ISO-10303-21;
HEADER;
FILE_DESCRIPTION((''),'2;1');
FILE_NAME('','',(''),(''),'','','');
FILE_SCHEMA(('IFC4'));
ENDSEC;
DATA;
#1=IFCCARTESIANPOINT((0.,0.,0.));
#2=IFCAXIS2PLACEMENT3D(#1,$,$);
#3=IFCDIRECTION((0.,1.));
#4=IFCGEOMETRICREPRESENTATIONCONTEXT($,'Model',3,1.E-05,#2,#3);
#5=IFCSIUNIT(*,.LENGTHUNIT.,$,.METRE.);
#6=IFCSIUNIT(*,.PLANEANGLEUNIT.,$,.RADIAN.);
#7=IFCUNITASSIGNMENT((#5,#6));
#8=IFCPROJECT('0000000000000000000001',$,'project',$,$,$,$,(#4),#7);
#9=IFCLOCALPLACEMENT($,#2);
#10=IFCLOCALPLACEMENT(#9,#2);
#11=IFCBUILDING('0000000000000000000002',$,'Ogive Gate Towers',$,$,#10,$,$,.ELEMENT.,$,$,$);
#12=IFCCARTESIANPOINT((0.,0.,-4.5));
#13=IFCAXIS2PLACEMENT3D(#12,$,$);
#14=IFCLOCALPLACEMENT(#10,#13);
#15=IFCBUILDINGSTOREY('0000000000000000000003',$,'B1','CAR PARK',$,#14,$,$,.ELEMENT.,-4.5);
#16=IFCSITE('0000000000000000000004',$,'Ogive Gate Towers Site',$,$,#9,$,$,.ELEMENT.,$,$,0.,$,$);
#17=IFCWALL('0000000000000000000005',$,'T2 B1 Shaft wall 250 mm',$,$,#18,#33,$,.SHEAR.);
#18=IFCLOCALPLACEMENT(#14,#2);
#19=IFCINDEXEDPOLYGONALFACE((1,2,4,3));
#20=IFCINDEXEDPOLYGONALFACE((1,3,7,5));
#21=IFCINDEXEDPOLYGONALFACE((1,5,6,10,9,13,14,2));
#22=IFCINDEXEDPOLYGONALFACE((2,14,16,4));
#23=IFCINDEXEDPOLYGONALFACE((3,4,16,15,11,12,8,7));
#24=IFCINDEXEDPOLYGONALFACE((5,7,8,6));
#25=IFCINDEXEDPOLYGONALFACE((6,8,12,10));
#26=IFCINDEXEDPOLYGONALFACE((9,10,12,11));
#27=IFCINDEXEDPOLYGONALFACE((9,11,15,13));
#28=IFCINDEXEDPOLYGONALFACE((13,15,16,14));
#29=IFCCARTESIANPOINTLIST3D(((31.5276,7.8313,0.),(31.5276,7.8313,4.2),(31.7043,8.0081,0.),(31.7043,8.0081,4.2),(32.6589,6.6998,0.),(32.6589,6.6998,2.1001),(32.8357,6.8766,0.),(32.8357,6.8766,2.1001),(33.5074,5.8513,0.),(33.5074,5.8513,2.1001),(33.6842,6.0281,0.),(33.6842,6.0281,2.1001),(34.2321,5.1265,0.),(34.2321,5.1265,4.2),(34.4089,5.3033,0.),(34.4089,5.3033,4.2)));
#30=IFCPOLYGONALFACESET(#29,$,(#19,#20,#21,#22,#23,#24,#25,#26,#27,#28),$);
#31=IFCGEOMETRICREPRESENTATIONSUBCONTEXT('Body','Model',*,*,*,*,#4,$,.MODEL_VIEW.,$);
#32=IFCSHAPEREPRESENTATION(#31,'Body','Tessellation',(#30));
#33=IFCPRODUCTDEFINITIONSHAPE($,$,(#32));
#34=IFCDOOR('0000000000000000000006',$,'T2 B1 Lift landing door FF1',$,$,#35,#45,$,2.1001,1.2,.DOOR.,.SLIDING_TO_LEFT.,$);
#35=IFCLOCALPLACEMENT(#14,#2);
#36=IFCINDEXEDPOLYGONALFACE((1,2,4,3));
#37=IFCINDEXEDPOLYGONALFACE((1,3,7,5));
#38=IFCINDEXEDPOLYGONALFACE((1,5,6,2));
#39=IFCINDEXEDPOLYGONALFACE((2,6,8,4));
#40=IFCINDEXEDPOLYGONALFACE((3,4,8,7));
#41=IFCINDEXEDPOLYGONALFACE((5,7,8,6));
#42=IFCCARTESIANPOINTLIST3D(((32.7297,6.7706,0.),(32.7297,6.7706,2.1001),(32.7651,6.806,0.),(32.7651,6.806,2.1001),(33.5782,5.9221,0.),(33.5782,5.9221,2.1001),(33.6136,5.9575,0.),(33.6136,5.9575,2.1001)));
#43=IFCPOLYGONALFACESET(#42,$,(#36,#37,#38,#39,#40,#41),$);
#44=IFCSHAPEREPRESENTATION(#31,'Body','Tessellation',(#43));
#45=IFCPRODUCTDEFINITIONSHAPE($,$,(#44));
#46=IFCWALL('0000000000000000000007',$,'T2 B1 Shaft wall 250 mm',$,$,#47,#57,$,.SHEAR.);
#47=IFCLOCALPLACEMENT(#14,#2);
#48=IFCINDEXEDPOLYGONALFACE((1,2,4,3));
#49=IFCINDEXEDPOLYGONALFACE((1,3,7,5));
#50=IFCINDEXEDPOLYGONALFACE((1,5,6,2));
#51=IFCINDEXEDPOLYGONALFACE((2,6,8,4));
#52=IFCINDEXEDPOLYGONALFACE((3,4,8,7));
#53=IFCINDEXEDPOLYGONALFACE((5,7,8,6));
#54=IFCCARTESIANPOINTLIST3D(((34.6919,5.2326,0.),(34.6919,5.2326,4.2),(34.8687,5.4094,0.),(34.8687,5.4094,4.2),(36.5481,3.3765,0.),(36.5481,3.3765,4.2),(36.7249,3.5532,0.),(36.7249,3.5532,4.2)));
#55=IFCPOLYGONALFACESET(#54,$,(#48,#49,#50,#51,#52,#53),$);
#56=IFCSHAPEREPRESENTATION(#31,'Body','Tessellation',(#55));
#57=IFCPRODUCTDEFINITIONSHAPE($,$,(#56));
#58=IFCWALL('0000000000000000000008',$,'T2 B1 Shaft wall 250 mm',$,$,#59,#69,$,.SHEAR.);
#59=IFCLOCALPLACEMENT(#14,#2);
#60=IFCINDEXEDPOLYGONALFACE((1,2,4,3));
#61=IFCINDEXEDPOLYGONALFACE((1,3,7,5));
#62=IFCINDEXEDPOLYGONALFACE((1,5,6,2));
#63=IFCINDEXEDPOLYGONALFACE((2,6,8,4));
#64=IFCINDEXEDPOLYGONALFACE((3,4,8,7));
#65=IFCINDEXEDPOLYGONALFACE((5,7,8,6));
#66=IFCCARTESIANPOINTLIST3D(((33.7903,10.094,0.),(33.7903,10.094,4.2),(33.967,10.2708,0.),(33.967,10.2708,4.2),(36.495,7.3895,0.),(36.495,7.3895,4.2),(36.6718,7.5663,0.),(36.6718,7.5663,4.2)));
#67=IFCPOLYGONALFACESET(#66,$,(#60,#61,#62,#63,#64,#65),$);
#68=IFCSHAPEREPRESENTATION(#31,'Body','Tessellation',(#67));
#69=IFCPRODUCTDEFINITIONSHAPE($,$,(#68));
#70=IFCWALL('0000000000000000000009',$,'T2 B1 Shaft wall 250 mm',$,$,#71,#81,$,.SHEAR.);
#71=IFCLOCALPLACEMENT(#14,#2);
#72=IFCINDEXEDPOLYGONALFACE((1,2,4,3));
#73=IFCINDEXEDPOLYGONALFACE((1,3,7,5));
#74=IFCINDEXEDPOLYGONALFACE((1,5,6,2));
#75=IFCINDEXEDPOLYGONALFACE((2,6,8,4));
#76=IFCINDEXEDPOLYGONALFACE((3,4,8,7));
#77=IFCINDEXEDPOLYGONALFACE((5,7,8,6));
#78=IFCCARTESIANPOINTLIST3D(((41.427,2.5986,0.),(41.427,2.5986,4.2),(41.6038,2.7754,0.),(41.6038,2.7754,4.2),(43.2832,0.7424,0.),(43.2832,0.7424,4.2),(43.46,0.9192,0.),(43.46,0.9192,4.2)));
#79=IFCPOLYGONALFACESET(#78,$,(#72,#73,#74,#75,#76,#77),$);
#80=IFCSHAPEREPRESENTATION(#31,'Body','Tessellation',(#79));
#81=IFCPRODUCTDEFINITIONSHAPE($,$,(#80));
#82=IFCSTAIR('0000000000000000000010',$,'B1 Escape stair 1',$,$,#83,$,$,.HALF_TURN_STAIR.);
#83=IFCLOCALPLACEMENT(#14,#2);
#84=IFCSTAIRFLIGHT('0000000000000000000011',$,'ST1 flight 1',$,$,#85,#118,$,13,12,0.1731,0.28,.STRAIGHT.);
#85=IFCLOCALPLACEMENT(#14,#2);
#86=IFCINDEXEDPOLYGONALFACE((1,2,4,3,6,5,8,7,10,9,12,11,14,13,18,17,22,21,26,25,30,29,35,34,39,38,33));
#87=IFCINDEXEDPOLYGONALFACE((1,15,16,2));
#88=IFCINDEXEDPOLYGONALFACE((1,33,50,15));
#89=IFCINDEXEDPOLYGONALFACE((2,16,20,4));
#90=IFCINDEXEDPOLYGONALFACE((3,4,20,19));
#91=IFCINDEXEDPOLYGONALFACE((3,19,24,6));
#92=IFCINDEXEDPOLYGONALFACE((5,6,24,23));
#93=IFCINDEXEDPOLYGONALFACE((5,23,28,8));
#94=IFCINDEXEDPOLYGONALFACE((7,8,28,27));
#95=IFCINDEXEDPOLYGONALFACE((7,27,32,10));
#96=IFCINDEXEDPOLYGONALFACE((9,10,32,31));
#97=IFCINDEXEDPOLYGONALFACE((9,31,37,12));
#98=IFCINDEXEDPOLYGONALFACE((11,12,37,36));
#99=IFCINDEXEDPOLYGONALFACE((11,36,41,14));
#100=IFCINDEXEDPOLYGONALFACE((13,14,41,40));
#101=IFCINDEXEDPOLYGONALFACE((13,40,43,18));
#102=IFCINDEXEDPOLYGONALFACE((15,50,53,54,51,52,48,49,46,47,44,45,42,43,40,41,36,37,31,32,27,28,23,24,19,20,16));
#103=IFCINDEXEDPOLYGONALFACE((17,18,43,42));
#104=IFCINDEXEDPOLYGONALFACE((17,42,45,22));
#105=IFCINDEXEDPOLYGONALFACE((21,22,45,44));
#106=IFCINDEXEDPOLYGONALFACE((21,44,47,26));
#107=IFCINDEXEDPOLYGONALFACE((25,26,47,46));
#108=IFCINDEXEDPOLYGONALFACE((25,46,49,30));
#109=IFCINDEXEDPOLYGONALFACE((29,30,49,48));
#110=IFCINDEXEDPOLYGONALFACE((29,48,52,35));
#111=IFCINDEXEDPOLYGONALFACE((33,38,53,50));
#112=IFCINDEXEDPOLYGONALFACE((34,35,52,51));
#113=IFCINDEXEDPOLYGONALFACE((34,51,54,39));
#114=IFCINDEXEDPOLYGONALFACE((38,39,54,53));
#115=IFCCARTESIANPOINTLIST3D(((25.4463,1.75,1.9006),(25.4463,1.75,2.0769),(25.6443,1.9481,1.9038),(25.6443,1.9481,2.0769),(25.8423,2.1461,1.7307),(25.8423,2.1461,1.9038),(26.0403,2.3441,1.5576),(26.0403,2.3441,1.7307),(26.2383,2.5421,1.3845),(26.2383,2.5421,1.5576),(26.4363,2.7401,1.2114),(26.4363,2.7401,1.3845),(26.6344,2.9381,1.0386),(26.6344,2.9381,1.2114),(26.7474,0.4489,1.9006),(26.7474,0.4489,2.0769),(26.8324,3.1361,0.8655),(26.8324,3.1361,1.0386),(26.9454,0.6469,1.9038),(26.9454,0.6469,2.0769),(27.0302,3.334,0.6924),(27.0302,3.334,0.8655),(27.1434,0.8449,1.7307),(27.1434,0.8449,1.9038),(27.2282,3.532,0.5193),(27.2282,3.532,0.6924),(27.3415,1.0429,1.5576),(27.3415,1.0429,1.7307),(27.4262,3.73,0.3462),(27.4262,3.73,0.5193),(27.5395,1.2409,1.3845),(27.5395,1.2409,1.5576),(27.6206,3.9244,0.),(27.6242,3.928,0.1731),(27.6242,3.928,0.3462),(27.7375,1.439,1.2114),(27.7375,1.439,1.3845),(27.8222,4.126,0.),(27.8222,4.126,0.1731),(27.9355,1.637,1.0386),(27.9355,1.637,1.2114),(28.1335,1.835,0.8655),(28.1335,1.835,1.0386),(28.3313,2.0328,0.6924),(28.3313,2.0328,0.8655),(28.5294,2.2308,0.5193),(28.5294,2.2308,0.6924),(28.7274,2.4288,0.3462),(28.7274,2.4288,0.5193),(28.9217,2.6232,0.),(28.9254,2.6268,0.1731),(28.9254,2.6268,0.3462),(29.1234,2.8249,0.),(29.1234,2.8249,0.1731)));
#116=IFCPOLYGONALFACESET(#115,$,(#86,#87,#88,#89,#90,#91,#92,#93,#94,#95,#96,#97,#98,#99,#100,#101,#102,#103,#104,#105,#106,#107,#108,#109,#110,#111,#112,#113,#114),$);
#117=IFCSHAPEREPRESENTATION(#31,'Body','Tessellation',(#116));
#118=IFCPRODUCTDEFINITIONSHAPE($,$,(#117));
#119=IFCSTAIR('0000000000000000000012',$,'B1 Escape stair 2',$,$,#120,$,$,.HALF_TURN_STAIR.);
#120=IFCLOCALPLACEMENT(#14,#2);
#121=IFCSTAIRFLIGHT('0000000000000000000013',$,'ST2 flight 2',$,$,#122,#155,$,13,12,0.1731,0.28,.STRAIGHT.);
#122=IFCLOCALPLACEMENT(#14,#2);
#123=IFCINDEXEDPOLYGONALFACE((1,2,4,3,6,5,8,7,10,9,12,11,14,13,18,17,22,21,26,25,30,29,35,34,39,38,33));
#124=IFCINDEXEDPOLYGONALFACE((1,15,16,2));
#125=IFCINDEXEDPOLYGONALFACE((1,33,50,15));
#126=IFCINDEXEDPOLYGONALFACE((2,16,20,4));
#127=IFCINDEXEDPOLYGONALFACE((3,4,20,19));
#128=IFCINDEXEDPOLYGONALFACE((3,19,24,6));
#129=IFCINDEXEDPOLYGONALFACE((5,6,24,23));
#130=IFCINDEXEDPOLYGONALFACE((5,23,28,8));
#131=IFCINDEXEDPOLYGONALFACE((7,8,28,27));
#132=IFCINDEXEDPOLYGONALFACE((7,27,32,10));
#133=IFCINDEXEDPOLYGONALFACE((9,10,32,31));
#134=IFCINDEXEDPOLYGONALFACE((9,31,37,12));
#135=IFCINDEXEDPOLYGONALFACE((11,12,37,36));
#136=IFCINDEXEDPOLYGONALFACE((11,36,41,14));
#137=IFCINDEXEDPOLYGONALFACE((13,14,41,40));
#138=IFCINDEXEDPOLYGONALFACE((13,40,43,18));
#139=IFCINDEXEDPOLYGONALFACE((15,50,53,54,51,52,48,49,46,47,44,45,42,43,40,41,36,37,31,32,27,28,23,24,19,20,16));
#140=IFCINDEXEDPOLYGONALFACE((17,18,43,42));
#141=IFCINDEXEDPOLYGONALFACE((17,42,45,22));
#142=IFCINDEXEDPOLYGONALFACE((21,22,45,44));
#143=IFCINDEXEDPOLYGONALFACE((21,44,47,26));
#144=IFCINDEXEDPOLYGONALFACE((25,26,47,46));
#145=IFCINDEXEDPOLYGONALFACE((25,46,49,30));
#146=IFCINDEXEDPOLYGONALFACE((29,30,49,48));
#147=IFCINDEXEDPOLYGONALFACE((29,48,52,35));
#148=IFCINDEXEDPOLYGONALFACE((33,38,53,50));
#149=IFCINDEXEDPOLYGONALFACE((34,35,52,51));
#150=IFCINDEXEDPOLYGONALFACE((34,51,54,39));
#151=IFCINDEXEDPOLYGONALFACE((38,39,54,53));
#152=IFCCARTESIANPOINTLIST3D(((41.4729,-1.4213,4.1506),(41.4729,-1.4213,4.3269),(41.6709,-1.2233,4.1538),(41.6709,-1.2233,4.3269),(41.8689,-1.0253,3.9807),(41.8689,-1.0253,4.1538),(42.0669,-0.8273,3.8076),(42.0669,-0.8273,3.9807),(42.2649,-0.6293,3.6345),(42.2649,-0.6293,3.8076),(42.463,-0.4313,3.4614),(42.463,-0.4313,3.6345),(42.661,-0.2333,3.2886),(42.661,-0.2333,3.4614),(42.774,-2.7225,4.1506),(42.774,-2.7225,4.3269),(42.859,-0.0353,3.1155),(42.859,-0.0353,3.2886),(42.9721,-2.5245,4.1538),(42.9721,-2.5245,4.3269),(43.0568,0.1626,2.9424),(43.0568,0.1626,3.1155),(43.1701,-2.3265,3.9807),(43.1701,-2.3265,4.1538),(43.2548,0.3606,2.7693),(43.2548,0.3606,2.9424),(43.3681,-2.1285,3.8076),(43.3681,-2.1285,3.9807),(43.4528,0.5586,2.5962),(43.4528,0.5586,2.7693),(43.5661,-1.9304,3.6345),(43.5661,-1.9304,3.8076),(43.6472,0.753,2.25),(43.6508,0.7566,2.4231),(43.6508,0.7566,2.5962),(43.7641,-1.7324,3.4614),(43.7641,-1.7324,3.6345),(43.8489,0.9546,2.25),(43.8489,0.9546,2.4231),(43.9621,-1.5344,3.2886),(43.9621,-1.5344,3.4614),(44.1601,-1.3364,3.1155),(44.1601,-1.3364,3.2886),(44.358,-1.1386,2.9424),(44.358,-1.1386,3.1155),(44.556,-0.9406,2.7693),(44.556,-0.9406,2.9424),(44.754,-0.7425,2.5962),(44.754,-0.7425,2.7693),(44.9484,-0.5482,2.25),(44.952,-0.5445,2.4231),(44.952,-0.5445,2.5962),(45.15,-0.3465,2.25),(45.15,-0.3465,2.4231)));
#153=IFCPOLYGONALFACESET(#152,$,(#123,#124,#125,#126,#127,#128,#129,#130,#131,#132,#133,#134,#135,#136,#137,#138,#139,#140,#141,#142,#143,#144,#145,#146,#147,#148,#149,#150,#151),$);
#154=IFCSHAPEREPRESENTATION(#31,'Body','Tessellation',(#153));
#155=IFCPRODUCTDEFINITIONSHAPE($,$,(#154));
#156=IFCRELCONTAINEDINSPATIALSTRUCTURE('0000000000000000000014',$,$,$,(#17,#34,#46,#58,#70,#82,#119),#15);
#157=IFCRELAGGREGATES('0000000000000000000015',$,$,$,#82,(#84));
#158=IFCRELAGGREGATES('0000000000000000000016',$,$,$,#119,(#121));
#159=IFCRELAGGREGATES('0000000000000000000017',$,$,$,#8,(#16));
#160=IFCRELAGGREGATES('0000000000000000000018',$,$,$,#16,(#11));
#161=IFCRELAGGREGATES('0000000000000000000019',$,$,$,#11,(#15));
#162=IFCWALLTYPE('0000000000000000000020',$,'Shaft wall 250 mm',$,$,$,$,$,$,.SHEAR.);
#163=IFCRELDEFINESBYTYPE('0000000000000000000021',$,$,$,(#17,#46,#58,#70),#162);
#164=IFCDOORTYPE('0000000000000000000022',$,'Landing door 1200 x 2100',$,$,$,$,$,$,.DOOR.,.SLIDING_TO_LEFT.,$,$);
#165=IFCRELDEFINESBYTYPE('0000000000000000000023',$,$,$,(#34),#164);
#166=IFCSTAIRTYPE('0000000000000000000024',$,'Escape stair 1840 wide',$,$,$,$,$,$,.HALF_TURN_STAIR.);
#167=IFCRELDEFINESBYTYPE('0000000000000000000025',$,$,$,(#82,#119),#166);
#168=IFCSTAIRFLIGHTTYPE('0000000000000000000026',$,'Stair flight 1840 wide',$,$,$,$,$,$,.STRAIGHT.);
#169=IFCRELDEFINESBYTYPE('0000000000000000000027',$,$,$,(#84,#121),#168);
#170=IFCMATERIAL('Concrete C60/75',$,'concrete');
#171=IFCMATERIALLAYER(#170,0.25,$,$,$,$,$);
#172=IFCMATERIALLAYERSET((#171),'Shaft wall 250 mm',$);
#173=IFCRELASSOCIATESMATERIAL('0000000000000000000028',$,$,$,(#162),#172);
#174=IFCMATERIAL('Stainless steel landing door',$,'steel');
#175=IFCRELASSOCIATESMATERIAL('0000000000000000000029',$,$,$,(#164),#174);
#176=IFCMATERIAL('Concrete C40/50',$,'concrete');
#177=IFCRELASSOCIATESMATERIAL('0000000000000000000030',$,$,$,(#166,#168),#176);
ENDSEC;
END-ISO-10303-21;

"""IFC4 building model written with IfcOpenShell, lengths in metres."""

from ifc_helpers import new_model, si_unit, direction, frame, frame_2d, origin, place, context, subcontext, project, spatial, polyline, rectangle, outline, extrude, material, layer, layer_set, type_object, element, fill, aggregate, save


model = new_model("IFC4")

# Units and contexts
model_context = context("Model", 3, precision=1e-05, world=origin(), true_north=direction((0.0, 1.0)))
body_context = subcontext(model_context, "Body", "Model", "MODEL_VIEW")
ifc_project = project(units=[si_unit("LENGTHUNIT", "METRE"), si_unit("PLANEANGLEUNIT", "RADIAN")], contexts=[model_context])

# Site, building, storey
site_placement = place(None, origin())
site = spatial("IfcSite", under=ifc_project, at=site_placement, Name="Ogive Gate Towers Site", CompositionType="ELEMENT", RefElevation=0.0)
building_placement = place(site_placement, origin())
building = spatial("IfcBuilding", under=site, at=building_placement, Name="Ogive Gate Towers", CompositionType="ELEMENT")
storey_placement = place(building_placement, frame((0.0, 0.0, -4.5)))
storey = spatial("IfcBuildingStorey", under=building, at=storey_placement, Name="B1", Description="CAR PARK", CompositionType="ELEMENT", Elevation=-4.5)

# Shared definitions
ifc_material_1 = material(Name="Concrete C40/50", Category="concrete")

# Shared definitions
ifc_material_2 = material(Name="Concrete C60/75", Category="concrete")

# Wall, opening, door
ifc_layer_1 = layer(ifc_material_2, 0.25)
ifc_layer_set_1 = layer_set([ifc_layer_1], Name="Shaft wall 250 mm")
wall_type_1 = type_object("IfcWallType", Name="Shaft wall 250 mm", PredefinedType="SHEAR", material=ifc_layer_set_1)
wall_1_placement = place(storey_placement, frame((34.3206, 5.2148, 0.0), z_axis=(0.0, 0.0, 1.0), x_axis=(-0.707075, 0.707139, 0.0)))
wall_1 = element("IfcWall", 1, at=wall_1_placement, inside=storey, type_object=wall_type_1, Name="T2 B1 Shaft wall 250 mm", PredefinedType="SHEAR", context=body_context, shape_type="SweptSolid", body=[
    extrude(rectangle(XDim=3.825, YDim=0.25, at=frame_2d((1.9126, 0.0))), origin(), (0.0, 0.0, 1.0), 4.2),
])
opening_1_placement = place(wall_1_placement, frame((1.0249, 0.0, 0.0)))
opening_1 = element("IfcOpeningElement", 2, at=opening_1_placement, cuts=wall_1, PredefinedType="OPENING", context=body_context, shape_type="SweptSolid", body=[
    extrude(rectangle(XDim=1.2, YDim=2.1001, at=frame_2d((0.6001, 1.05))), frame((0.0, 0.135, 0.0), z_axis=(0.0, -1.0, 0.0), x_axis=(1.0, 0.0, 0.0)), (0.0, 0.0, 1.0), 0.27),
])
ifc_material_3 = material(Name="Stainless steel landing door", Category="steel")
door_type_1 = type_object("IfcDoorType", Name="Landing door 1200 x 2100", OperationType="SLIDING_TO_LEFT", PredefinedType="DOOR", material=ifc_material_3)
door_1_placement = place(opening_1_placement, origin())
door_1 = element("IfcDoor", 3, at=door_1_placement, inside=storey, type_object=door_type_1, Name="T2 B1 Lift landing door FF1", OperationType="SLIDING_TO_LEFT", OverallHeight=2.1001, OverallWidth=1.2, PredefinedType="DOOR", context=body_context, shape_type="SweptSolid", body=[
    extrude(rectangle(XDim=1.2, YDim=2.1001, at=frame_2d((0.6001, 1.05))), frame((0.0, 0.0249, 0.0), z_axis=(0.0, -1.0, 0.0), x_axis=(1.0, 0.0, 0.0)), (0.0, 0.0, 1.0), 0.05),
])
fill(opening_1, door_1)

# Walls
wall_2_placement = place(storey_placement, frame((36.6365, 3.4648, 0.0), z_axis=(0.0, 0.0, 1.0), x_axis=(-0.707107, 0.707107, 0.0)))
element("IfcWall", 4, at=wall_2_placement, inside=storey, type_object=wall_type_1, Name="T2 B1 Shaft wall 250 mm", PredefinedType="SHEAR", context=body_context, shape_type="SweptSolid", body=[
    extrude(rectangle(XDim=2.625, YDim=0.25, at=frame_2d((1.3125, 0.0))), origin(), (0.0, 0.0, 1.0), 4.2),
])
wall_3_placement = place(storey_placement, frame((36.5835, 7.4778, 0.0), z_axis=(0.0, 0.0, 1.0), x_axis=(-0.707139, 0.707075, 0.0)))
element("IfcWall", 5, at=wall_3_placement, inside=storey, type_object=wall_type_1, Name="T2 B1 Shaft wall 250 mm", PredefinedType="SHEAR", context=body_context, shape_type="SweptSolid", body=[
    extrude(rectangle(XDim=3.825, YDim=0.25, at=frame_2d((1.9126, 0.0))), origin(), (0.0, 0.0, 1.0), 4.2),
])
wall_4_placement = place(storey_placement, frame((43.3716, 0.8308, 0.0), z_axis=(0.0, 0.0, 1.0), x_axis=(-0.707107, 0.707107, 0.0)))
element("IfcWall", 6, at=wall_4_placement, inside=storey, type_object=wall_type_1, Name="T2 B1 Shaft wall 250 mm", PredefinedType="SHEAR", context=body_context, shape_type="SweptSolid", body=[
    extrude(rectangle(XDim=2.625, YDim=0.25, at=frame_2d((1.3125, 0.0))), origin(), (0.0, 0.0, 1.0), 4.2),
])

# Stairs, stair flights
stair_type_1 = type_object("IfcStairType", Name="Escape stair 1840 wide", PredefinedType="HALF_TURN_STAIR", material=ifc_material_1)
stair_1_placement = place(storey_placement, origin())
stair_1 = element("IfcStair", 7, at=stair_1_placement, inside=storey, type_object=stair_type_1, Name="B1 Escape stair 1", PredefinedType="HALF_TURN_STAIR")
stair_flight_type = type_object("IfcStairFlightType", Name="Stair flight 1840 wide", PredefinedType="STRAIGHT", material=ifc_material_1)
stair_flight_1_placement = place(storey_placement, frame((28.4729, 3.4753, 0.0), z_axis=(0.0, 0.0, 1.0), x_axis=(-0.707107, -0.707107, 0.0)))
stair_flight_1 = element("IfcStairFlight", 8, at=stair_flight_1_placement, type_object=stair_flight_type, Name="ST1 flight 1", NumberOfRisers=13, NumberOfTreads=12, PredefinedType="STRAIGHT", RiserHeight=0.1731, TreadLength=0.28, context=body_context, shape_type="SweptSolid", body=[
    extrude(outline(polyline([(0.0, 0.0), (0.0, 0.1731), (0.28, 0.1731), (0.28, 0.3462), (0.5601, 0.3462), (0.5601, 0.5193), (0.8401, 0.5193), (0.8401, 0.6924), (1.1201, 0.6924), (1.1201, 0.8655), (1.3999, 0.8655), (1.3999, 1.0386), (1.6799, 1.0386), (1.6799, 1.2114), (1.96, 1.2114), (1.96, 1.3845), (2.24, 1.3845), (2.24, 1.5576), (2.52, 1.5576), (2.52, 1.7307), (2.8, 1.7307), (2.8, 1.9038), (3.0801, 1.9038), (3.0801, 2.0769), (3.3601, 2.0769), (3.3601, 2.25), (3.3601, 1.9006), (0.2852, 0.0), (0.0, 0.0)])), frame((0.0, 0.9199, 0.0), z_axis=(0.0, -1.0, 0.0), x_axis=(1.0, 0.0, 0.0)), (0.0, 0.0, 1.0), 1.8401),
])
aggregate(stair_1, [stair_flight_1])
stair_2_placement = place(storey_placement, origin())
stair_2 = element("IfcStair", 9, at=stair_2_placement, inside=storey, type_object=stair_type_1, Name="B1 Escape stair 2", PredefinedType="HALF_TURN_STAIR")
stair_flight_2_placement = place(storey_placement, frame((44.4995, 0.304, 2.25), z_axis=(0.0, 0.0, 1.0), x_axis=(-0.707107, -0.707107, 0.0)))
stair_flight_2 = element("IfcStairFlight", 10, at=stair_flight_2_placement, type_object=stair_flight_type, Name="ST2 flight 2", NumberOfRisers=13, NumberOfTreads=12, PredefinedType="STRAIGHT", RiserHeight=0.1731, TreadLength=0.28, context=body_context, shape_type="SweptSolid", body=[
    extrude(outline(polyline([(0.0, 0.0), (0.0, 0.1731), (0.28, 0.1731), (0.28, 0.3462), (0.5601, 0.3462), (0.5601, 0.5193), (0.8401, 0.5193), (0.8401, 0.6924), (1.1201, 0.6924), (1.1201, 0.8655), (1.3999, 0.8655), (1.3999, 1.0386), (1.6799, 1.0386), (1.6799, 1.2114), (1.96, 1.2114), (1.96, 1.3845), (2.24, 1.3845), (2.24, 1.5576), (2.52, 1.5576), (2.52, 1.7307), (2.8, 1.7307), (2.8, 1.9038), (3.0801, 1.9038), (3.0801, 2.0769), (3.3601, 2.0769), (3.3601, 2.25), (3.3601, 1.9006), (0.2852, 0.0), (0.0, 0.0)])), frame((0.0, 0.9199, 0.0), z_axis=(0.0, -1.0, 0.0), x_axis=(1.0, 0.0, 0.0)), (0.0, 0.0, 1.0), 1.8401),
])
aggregate(stair_2, [stair_flight_2])

save(model, "model.ifc")
